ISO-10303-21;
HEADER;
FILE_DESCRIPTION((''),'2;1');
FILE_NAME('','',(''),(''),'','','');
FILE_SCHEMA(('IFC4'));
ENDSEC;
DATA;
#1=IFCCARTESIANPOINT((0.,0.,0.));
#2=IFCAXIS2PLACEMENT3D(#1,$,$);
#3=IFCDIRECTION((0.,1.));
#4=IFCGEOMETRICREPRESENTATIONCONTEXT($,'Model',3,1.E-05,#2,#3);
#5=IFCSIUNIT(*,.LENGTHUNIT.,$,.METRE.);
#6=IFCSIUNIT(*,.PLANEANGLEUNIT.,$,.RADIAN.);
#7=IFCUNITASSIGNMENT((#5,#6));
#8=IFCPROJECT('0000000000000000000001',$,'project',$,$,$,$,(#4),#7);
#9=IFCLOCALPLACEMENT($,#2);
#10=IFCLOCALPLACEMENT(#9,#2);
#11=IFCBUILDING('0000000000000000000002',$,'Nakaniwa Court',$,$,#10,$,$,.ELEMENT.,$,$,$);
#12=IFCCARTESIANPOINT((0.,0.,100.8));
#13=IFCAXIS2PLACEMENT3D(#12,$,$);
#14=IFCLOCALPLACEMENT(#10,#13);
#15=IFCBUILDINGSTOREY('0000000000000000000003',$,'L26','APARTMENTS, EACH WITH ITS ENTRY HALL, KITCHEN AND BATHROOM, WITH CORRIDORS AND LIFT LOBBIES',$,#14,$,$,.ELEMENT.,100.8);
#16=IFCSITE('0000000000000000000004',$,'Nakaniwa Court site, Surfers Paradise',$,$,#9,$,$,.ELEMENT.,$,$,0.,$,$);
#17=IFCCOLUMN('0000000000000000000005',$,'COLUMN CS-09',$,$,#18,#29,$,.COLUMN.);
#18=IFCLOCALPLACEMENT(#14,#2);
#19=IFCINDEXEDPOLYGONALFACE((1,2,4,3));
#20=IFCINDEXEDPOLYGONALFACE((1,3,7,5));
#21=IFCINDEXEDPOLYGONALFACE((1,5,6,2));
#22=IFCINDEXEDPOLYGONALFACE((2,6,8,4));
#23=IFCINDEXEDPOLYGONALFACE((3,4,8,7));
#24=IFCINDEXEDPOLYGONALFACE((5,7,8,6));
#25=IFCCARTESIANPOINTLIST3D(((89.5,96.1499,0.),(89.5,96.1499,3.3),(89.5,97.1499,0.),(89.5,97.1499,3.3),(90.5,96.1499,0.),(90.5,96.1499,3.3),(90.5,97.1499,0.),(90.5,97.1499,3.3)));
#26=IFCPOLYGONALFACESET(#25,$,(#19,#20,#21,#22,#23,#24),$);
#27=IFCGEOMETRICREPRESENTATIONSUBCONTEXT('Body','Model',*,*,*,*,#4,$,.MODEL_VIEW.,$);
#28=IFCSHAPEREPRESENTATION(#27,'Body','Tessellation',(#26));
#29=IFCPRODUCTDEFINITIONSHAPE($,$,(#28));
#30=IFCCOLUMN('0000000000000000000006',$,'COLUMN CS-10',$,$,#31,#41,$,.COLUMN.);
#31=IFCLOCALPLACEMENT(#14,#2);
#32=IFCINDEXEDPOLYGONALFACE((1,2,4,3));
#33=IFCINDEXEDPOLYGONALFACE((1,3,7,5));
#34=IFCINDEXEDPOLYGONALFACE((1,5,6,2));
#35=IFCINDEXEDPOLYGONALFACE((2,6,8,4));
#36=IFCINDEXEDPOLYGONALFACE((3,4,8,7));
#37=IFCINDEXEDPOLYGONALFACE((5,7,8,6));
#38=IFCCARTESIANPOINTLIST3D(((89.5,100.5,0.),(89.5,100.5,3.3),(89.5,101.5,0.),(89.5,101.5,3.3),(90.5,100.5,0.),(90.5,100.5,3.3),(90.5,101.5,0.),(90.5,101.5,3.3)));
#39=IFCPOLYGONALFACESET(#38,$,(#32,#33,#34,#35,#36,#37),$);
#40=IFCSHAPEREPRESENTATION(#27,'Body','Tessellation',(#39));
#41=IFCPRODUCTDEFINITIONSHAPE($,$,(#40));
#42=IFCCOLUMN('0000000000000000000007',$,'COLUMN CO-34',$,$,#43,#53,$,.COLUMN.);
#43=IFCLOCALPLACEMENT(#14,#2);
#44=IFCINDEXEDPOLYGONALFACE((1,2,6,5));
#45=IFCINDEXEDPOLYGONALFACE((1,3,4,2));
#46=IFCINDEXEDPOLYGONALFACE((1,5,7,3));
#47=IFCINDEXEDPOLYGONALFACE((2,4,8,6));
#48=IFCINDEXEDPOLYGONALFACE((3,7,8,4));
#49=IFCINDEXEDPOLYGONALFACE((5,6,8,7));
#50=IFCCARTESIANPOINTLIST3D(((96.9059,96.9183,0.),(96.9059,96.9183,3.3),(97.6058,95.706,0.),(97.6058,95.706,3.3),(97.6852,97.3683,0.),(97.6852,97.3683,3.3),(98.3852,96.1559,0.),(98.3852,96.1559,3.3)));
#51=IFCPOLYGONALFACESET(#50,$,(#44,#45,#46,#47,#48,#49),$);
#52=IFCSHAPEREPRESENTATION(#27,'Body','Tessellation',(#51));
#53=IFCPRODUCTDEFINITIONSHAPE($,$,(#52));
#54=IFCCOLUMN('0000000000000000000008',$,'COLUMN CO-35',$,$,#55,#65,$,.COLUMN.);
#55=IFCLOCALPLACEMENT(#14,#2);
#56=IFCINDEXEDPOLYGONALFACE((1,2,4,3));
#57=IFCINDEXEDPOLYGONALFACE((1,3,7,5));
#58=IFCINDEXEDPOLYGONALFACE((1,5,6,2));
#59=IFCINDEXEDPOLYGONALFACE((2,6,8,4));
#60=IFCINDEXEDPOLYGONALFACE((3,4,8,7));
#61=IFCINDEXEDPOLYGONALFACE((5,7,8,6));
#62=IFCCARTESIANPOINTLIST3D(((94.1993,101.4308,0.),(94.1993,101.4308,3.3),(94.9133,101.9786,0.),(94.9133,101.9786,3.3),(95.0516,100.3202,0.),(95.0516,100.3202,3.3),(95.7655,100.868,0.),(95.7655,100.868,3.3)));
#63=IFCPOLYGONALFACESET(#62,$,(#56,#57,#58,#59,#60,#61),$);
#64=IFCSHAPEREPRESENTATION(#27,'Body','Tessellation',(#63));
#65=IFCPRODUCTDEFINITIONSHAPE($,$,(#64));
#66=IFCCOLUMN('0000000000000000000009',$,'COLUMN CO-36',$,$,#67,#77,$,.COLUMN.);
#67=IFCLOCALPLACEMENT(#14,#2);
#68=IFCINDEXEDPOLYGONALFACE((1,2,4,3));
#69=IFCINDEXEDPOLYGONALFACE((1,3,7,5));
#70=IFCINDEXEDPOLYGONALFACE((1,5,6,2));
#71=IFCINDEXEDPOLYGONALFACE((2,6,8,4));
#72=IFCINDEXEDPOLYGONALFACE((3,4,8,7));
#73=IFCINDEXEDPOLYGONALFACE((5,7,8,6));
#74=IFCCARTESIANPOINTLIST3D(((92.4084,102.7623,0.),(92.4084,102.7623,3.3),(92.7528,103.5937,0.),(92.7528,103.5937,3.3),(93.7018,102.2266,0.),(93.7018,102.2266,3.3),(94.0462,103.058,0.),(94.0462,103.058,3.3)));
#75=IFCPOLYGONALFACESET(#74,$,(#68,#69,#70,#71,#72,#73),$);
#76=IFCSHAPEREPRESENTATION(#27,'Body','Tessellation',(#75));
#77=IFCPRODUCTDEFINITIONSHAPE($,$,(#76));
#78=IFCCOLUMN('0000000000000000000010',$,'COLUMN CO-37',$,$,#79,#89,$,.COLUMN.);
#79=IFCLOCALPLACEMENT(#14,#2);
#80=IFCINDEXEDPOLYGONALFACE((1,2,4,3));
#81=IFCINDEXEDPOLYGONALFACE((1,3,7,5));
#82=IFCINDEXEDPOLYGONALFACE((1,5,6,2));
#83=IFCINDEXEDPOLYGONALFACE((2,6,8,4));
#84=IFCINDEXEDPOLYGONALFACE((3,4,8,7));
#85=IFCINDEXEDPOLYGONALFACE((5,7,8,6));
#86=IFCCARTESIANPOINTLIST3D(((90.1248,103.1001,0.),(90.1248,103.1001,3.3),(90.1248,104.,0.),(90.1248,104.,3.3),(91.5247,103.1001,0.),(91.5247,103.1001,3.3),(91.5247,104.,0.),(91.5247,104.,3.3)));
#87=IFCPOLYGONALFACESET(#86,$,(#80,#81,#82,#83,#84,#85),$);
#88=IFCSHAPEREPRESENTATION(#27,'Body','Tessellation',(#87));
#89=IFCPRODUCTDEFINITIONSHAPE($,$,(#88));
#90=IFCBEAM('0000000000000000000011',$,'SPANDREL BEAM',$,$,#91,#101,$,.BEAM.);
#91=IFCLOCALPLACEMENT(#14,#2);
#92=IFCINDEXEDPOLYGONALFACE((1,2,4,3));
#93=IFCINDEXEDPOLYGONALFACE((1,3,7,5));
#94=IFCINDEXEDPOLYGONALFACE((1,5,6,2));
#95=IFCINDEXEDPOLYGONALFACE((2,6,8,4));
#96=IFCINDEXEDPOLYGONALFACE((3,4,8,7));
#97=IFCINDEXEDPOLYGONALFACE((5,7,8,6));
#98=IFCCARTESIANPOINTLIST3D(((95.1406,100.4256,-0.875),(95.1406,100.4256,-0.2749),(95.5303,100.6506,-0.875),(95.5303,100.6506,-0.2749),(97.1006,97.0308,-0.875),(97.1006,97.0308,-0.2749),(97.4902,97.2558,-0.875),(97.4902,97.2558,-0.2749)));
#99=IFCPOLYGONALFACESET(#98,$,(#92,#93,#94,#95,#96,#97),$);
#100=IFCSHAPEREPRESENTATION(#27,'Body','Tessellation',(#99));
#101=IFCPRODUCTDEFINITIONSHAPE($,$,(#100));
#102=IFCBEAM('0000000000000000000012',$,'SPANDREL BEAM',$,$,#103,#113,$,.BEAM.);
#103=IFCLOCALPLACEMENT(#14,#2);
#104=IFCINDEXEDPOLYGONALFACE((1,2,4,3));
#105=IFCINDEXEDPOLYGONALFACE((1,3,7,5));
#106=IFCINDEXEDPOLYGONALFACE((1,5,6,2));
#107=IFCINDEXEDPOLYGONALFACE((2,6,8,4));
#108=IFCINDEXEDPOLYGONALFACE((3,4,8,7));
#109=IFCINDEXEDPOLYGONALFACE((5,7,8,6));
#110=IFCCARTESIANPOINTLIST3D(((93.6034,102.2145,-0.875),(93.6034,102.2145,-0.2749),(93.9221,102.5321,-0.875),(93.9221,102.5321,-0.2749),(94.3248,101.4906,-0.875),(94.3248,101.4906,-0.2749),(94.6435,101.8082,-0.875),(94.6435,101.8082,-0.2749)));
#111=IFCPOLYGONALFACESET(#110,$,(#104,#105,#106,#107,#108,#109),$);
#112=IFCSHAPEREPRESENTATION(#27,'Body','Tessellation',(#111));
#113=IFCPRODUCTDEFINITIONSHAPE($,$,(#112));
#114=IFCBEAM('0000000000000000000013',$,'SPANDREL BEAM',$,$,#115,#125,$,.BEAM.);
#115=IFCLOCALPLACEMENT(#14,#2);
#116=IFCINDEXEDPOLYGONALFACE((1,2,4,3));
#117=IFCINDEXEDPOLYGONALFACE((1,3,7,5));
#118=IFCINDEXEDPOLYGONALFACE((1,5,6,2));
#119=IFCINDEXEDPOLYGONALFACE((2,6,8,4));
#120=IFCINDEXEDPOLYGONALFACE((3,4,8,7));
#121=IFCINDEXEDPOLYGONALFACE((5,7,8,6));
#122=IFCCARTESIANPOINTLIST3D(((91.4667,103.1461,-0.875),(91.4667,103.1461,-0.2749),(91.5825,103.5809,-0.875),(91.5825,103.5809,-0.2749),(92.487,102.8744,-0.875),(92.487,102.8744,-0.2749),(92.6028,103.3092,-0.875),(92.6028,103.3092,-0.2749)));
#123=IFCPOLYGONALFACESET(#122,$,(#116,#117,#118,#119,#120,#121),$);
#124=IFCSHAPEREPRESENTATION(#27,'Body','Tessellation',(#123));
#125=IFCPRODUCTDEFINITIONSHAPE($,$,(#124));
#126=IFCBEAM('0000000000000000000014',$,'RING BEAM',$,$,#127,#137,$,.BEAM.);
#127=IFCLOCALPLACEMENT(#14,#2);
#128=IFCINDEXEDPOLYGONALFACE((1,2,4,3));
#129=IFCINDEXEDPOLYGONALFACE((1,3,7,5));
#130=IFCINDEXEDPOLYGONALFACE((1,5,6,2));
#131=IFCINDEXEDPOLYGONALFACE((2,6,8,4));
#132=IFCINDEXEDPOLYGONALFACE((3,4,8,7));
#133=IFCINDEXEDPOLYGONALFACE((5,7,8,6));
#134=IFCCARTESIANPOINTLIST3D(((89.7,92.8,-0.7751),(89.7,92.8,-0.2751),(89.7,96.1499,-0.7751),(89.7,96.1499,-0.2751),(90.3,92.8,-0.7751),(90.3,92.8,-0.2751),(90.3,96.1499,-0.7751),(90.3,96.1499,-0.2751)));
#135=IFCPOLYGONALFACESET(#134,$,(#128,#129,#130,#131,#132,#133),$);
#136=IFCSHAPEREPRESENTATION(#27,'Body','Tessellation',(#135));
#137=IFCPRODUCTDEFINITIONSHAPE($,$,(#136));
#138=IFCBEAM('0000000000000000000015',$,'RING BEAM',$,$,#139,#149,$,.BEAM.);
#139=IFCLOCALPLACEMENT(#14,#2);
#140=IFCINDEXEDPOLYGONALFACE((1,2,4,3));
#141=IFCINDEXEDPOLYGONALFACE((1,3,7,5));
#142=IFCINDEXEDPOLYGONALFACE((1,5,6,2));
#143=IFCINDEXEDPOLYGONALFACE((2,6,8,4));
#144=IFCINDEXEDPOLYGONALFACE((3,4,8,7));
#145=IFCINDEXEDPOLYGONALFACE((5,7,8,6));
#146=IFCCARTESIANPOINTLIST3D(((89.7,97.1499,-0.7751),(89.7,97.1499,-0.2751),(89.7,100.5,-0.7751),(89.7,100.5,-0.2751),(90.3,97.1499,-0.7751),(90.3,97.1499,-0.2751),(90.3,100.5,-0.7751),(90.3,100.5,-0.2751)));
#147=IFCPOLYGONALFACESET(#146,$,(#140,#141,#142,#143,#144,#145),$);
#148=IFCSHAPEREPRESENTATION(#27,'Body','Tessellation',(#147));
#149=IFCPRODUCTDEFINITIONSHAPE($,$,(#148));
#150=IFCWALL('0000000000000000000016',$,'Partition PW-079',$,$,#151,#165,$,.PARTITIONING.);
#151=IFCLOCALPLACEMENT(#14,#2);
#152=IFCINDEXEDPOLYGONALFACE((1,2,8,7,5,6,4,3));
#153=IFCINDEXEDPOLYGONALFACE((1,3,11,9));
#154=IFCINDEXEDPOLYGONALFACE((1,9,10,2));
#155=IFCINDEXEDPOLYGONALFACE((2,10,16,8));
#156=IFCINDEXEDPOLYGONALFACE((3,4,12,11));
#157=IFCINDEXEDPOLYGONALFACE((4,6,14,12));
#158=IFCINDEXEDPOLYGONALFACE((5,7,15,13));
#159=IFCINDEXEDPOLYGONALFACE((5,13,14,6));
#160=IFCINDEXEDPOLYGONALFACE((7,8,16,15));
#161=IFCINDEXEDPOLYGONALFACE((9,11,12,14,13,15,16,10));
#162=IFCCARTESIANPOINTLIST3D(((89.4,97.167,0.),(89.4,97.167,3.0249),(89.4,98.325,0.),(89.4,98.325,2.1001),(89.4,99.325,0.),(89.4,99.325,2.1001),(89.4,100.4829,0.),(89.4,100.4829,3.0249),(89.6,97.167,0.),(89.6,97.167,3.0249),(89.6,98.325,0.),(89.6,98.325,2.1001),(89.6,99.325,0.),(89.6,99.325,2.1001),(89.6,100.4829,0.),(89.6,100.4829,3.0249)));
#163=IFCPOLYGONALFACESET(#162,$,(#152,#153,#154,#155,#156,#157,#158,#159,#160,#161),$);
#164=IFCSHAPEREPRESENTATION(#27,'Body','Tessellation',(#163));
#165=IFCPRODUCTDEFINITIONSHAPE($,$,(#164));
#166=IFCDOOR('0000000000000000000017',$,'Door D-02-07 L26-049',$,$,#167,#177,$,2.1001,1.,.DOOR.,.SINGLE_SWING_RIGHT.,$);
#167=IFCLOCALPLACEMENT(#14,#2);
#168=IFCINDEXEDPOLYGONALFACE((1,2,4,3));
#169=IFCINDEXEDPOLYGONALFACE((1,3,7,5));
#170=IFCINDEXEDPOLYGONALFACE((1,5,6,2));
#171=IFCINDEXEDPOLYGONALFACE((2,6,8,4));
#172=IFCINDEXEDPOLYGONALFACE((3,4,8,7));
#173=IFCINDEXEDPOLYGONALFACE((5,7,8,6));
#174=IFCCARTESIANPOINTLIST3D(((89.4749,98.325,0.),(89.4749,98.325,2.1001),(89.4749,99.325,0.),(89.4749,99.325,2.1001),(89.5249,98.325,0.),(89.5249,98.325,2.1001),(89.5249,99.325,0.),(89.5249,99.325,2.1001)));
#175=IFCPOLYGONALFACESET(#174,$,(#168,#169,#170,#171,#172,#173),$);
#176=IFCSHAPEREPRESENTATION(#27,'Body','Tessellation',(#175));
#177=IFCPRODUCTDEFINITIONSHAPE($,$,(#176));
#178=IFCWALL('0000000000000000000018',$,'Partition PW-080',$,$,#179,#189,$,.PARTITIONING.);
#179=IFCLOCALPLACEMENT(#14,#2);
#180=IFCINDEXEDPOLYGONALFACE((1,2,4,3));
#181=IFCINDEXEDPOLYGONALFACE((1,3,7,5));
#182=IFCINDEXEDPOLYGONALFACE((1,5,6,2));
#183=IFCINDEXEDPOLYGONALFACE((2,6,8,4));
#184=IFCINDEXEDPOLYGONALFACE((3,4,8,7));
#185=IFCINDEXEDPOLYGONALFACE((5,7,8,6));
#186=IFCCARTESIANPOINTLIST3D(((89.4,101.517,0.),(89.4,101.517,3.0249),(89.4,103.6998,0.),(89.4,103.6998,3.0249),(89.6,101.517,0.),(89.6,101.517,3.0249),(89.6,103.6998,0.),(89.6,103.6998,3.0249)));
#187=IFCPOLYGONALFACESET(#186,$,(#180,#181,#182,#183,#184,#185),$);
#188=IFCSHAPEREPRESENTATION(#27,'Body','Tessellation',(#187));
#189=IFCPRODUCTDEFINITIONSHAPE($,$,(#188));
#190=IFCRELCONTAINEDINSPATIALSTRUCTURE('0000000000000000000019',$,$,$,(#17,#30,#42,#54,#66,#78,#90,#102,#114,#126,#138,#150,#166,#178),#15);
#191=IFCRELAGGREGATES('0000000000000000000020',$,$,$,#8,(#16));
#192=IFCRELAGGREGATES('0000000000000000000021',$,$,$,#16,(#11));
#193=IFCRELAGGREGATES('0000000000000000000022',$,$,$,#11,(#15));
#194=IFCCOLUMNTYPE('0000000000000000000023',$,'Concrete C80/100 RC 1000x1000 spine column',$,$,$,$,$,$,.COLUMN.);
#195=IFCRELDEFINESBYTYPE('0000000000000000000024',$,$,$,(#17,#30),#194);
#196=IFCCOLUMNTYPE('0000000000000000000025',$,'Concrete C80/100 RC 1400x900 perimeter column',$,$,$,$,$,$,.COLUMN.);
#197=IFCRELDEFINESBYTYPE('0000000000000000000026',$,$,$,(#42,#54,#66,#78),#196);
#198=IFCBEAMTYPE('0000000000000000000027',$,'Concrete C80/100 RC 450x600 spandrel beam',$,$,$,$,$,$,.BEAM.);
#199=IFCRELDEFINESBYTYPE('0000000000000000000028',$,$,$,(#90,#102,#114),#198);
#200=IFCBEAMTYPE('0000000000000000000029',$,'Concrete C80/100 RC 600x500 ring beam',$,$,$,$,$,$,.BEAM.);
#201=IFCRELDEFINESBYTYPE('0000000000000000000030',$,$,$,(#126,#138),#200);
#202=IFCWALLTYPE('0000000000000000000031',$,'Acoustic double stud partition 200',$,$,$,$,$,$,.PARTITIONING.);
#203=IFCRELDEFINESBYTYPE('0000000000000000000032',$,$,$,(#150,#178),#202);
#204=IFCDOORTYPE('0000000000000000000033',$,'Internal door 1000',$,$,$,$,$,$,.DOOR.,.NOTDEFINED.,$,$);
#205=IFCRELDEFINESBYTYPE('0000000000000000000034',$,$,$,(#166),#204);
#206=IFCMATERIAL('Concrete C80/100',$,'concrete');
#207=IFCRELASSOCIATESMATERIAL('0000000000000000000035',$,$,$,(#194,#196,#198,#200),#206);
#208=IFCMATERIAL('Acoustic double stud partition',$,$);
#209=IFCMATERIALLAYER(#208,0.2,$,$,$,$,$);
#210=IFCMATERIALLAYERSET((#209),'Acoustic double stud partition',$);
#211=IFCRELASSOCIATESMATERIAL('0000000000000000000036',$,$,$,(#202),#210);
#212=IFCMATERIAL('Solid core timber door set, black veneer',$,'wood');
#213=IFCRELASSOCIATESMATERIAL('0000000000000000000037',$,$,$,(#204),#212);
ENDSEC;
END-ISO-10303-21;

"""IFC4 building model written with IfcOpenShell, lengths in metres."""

from ifc_helpers import new_model, si_unit, direction, frame, frame_2d, origin, origin_2d, place, context, subcontext, project, spatial, rectangle, extrude, material, layer, layer_set, material_profile, profile_set, type_object, element, fill, save


model = new_model("IFC4")

# Units and contexts
model_context = context("Model", 3, precision=1e-05, world=origin(), true_north=direction((0.0, 1.0)))
body_context = subcontext(model_context, "Body", "Model", "MODEL_VIEW")
ifc_project = project(units=[si_unit("LENGTHUNIT", "METRE"), si_unit("PLANEANGLEUNIT", "RADIAN")], contexts=[model_context])

# Site, building, storey
site_placement = place(None, origin())
site = spatial("IfcSite", under=ifc_project, at=site_placement, Name="Nakaniwa Court site, Surfers Paradise", CompositionType="ELEMENT", RefElevation=0.0)
building_placement = place(site_placement, origin())
building = spatial("IfcBuilding", under=site, at=building_placement, Name="Nakaniwa Court", CompositionType="ELEMENT")
storey_placement = place(building_placement, frame((0.0, 0.0, 100.8)))
storey = spatial("IfcBuildingStorey", under=building, at=storey_placement, Name="L26", Description="APARTMENTS, EACH WITH ITS ENTRY HALL, KITCHEN AND BATHROOM, WITH CORRIDORS AND LIFT LOBBIES", CompositionType="ELEMENT", Elevation=100.8)

# Columns
ifc_material_1 = material(Name="Concrete C80/100", Category="concrete")
ifc_material_profile_1 = material_profile(ifc_material_1, rectangle(XDim=1.0, YDim=1.0, at=origin_2d()), Name="Concrete C80/100 RC 1000x1000 spine column")
ifc_profile_set_1 = profile_set([ifc_material_profile_1], Name="Concrete C80/100")
column_type_1 = type_object("IfcColumnType", Name="Concrete C80/100 RC 1000x1000 spine column", PredefinedType="COLUMN", material=ifc_profile_set_1)
for number, where, z_axis, x_axis, name in (
    (1, (90.0, 96.6499, 0.0), (0.0, 0.0, 1.0), (0.0, 1.0, 0.0), "COLUMN CS-09"),
    (2, (90.0, 101.0, 0.0), (0.0, 0.0, 1.0), (0.0, 1.0, 0.0), "COLUMN CS-10"),
):
    element("IfcColumn", number, at=place(storey_placement, frame(where, z_axis=z_axis, x_axis=x_axis)), inside=storey, type_object=column_type_1, Name=name, PredefinedType="COLUMN", context=body_context, shape_type="SweptSolid", body=[
        extrude(rectangle(XDim=1.0, YDim=1.0, at=origin_2d()), origin(), (0.0, 0.0, 1.0), 3.3),
    ])
ifc_material_profile_2 = material_profile(ifc_material_1, rectangle(XDim=1.3999, YDim=0.8999, at=origin_2d()), Name="Concrete C80/100 RC 1400x900 perimeter column")
ifc_profile_set_2 = profile_set([ifc_material_profile_2], Name="Concrete C80/100")
column_type_2 = type_object("IfcColumnType", Name="Concrete C80/100 RC 1400x900 perimeter column", PredefinedType="COLUMN", material=ifc_profile_set_2)
for number, where, z_axis, x_axis, name in (
    (3, (97.6455, 96.5371, 0.0), (0.0, 0.0, 1.0), (-0.5, 0.866025, 0.0), "COLUMN CO-34"),
    (4, (94.9824, 101.1494, 0.0), (0.0, 0.0, 1.0), (-0.608761, 0.793353, 0.0), "COLUMN CO-35"),
    (5, (93.2273, 102.9102, 0.0), (0.0, 0.0, 1.0), (-0.92388, 0.382683, 0.0), "COLUMN CO-36"),
    (6, (90.8247, 103.55, 0.0), (0.0, 0.0, 1.0), (-1.0, 0.0, 0.0), "COLUMN CO-37"),
):
    element("IfcColumn", number, at=place(storey_placement, frame(where, z_axis=z_axis, x_axis=x_axis)), inside=storey, type_object=column_type_2, Name=name, PredefinedType="COLUMN", context=body_context, shape_type="SweptSolid", body=[
        extrude(rectangle(XDim=1.3999, YDim=0.8999, at=origin_2d()), origin(), (0.0, 0.0, 1.0), 3.3),
    ])

# Beams
ifc_material_profile_3 = material_profile(ifc_material_1, rectangle(XDim=0.45, YDim=0.6001, at=origin_2d()), Name="Concrete C80/100 RC 450x600 spandrel beam")
ifc_profile_set_3 = profile_set([ifc_material_profile_3], Name="Concrete C80/100")
beam_type_1 = type_object("IfcBeamType", Name="Concrete C80/100 RC 450x600 spandrel beam", PredefinedType="BEAM", material=ifc_profile_set_3)
beam_1_placement = place(storey_placement, frame((97.2954, 97.1433, -0.575), z_axis=(-0.499997, 0.866027, 0.0), x_axis=(-0.866027, -0.499997, 0.0)))
element("IfcBeam", 7, at=beam_1_placement, inside=storey, type_object=beam_type_1, Name="SPANDREL BEAM", PredefinedType="BEAM", context=body_context, shape_type="SweptSolid", body=[
    extrude(rectangle(XDim=0.45, YDim=0.6001, at=origin_2d()), origin(), (0.0, 0.0, 1.0), 3.9199),
])
beam_2_placement = place(storey_placement, frame((94.4841, 101.6494, -0.575), z_axis=(-0.705911, 0.7083, 0.0), x_axis=(-0.7083, -0.705911, 0.0)))
element("IfcBeam", 8, at=beam_2_placement, inside=storey, type_object=beam_type_1, Name="SPANDREL BEAM", PredefinedType="BEAM", context=body_context, shape_type="SweptSolid", body=[
    extrude(rectangle(XDim=0.45, YDim=0.6001, at=origin_2d()), origin(), (0.0, 0.0, 1.0), 1.022),
])
beam_3_placement = place(storey_placement, frame((92.5449, 103.0918, -0.575), z_axis=(-0.966315, 0.25736, 0.0), x_axis=(-0.25736, -0.966315, 0.0)))
element("IfcBeam", 9, at=beam_3_placement, inside=storey, type_object=beam_type_1, Name="SPANDREL BEAM", PredefinedType="BEAM", context=body_context, shape_type="SweptSolid", body=[
    extrude(rectangle(XDim=0.45, YDim=0.6001, at=origin_2d()), origin(), (0.0, 0.0, 1.0), 1.0559),
])
ifc_material_profile_4 = material_profile(ifc_material_1, rectangle(XDim=0.6001, YDim=0.5, at=origin_2d()), Name="Concrete C80/100 RC 600x500 ring beam")
ifc_profile_set_4 = profile_set([ifc_material_profile_4], Name="Concrete C80/100")
beam_type_2 = type_object("IfcBeamType", Name="Concrete C80/100 RC 600x500 ring beam", PredefinedType="BEAM", material=ifc_profile_set_4)
beam_4_placement = place(storey_placement, frame((90.0, 92.8, -0.5251), z_axis=(0.0, 1.0, 0.0), x_axis=(-1.0, 0.0, 0.0)))
element("IfcBeam", 10, at=beam_4_placement, inside=storey, type_object=beam_type_2, Name="RING BEAM", PredefinedType="BEAM", context=body_context, shape_type="SweptSolid", body=[
    extrude(rectangle(XDim=0.6001, YDim=0.5, at=origin_2d()), origin(), (0.0, 0.0, 1.0), 3.3499),
])
beam_5_placement = place(storey_placement, frame((90.0, 97.1499, -0.5251), z_axis=(0.0, 1.0, 0.0), x_axis=(-1.0, 0.0, 0.0)))
element("IfcBeam", 11, at=beam_5_placement, inside=storey, type_object=beam_type_2, Name="RING BEAM", PredefinedType="BEAM", context=body_context, shape_type="SweptSolid", body=[
    extrude(rectangle(XDim=0.6001, YDim=0.5, at=origin_2d()), origin(), (0.0, 0.0, 1.0), 3.3501),
])

# Wall, opening, door
ifc_material_2 = material(Name="Acoustic double stud partition")
ifc_layer_1 = layer(ifc_material_2, 0.2)
ifc_layer_set_1 = layer_set([ifc_layer_1], Name="Acoustic double stud partition")
wall_type_1 = type_object("IfcWallType", Name="Acoustic double stud partition 200", PredefinedType="PARTITIONING", material=ifc_layer_set_1)
wall_1_placement = place(storey_placement, frame((89.5, 100.4829, 0.0), z_axis=(0.0, 0.0, 1.0), x_axis=(0.0, -1.0, 0.0)))
wall_1 = element("IfcWall", 12, at=wall_1_placement, inside=storey, type_object=wall_type_1, Name="Partition PW-079", PredefinedType="PARTITIONING", context=body_context, shape_type="SweptSolid", body=[
    extrude(rectangle(XDim=3.3159, YDim=0.2, at=frame_2d((1.658, 0.0))), origin(), (0.0, 0.0, 1.0), 3.0249),
])
opening_1_placement = place(wall_1_placement, frame((1.158, 0.0, 0.0)))
opening_1 = element("IfcOpeningElement", 13, at=opening_1_placement, cuts=wall_1, PredefinedType="OPENING", context=body_context, shape_type="SweptSolid", body=[
    extrude(rectangle(XDim=1.0, YDim=2.1001, at=frame_2d((0.5, 1.05))), frame((0.0, 0.1099, 0.0), z_axis=(0.0, -1.0, 0.0), x_axis=(1.0, 0.0, 0.0)), (0.0, 0.0, 1.0), 0.22),
])
ifc_material_3 = material(Name="Solid core timber door set, black veneer", Category="wood")
door_type = type_object("IfcDoorType", Name="Internal door 1000", OperationType="NOTDEFINED", PredefinedType="DOOR", material=ifc_material_3)
door_placement = place(opening_1_placement, origin())
door = element("IfcDoor", 14, at=door_placement, inside=storey, type_object=door_type, Name="Door D-02-07 L26-049", OperationType="SINGLE_SWING_RIGHT", OverallHeight=2.1001, OverallWidth=1.0, PredefinedType="DOOR", context=body_context, shape_type="SweptSolid", body=[
    extrude(rectangle(XDim=1.0, YDim=2.1001, at=frame_2d((0.5, 1.05))), frame((0.0, 0.0249, 0.0), z_axis=(0.0, -1.0, 0.0), x_axis=(1.0, 0.0, 0.0)), (0.0, 0.0, 1.0), 0.05),
])
fill(opening_1, door)

# Wall
wall_2_placement = place(storey_placement, frame((89.5, 101.5171, 0.0), z_axis=(0.0, 0.0, 1.0), x_axis=(0.0, 1.0, 0.0)))
element("IfcWall", 15, at=wall_2_placement, inside=storey, type_object=wall_type_1, Name="Partition PW-080", PredefinedType="PARTITIONING", context=body_context, shape_type="SweptSolid", body=[
    extrude(rectangle(XDim=2.1829, YDim=0.2, at=frame_2d((1.0913, 0.0))), origin(), (0.0, 0.0, 1.0), 3.0249),
])

save(model, "model.ifc")
